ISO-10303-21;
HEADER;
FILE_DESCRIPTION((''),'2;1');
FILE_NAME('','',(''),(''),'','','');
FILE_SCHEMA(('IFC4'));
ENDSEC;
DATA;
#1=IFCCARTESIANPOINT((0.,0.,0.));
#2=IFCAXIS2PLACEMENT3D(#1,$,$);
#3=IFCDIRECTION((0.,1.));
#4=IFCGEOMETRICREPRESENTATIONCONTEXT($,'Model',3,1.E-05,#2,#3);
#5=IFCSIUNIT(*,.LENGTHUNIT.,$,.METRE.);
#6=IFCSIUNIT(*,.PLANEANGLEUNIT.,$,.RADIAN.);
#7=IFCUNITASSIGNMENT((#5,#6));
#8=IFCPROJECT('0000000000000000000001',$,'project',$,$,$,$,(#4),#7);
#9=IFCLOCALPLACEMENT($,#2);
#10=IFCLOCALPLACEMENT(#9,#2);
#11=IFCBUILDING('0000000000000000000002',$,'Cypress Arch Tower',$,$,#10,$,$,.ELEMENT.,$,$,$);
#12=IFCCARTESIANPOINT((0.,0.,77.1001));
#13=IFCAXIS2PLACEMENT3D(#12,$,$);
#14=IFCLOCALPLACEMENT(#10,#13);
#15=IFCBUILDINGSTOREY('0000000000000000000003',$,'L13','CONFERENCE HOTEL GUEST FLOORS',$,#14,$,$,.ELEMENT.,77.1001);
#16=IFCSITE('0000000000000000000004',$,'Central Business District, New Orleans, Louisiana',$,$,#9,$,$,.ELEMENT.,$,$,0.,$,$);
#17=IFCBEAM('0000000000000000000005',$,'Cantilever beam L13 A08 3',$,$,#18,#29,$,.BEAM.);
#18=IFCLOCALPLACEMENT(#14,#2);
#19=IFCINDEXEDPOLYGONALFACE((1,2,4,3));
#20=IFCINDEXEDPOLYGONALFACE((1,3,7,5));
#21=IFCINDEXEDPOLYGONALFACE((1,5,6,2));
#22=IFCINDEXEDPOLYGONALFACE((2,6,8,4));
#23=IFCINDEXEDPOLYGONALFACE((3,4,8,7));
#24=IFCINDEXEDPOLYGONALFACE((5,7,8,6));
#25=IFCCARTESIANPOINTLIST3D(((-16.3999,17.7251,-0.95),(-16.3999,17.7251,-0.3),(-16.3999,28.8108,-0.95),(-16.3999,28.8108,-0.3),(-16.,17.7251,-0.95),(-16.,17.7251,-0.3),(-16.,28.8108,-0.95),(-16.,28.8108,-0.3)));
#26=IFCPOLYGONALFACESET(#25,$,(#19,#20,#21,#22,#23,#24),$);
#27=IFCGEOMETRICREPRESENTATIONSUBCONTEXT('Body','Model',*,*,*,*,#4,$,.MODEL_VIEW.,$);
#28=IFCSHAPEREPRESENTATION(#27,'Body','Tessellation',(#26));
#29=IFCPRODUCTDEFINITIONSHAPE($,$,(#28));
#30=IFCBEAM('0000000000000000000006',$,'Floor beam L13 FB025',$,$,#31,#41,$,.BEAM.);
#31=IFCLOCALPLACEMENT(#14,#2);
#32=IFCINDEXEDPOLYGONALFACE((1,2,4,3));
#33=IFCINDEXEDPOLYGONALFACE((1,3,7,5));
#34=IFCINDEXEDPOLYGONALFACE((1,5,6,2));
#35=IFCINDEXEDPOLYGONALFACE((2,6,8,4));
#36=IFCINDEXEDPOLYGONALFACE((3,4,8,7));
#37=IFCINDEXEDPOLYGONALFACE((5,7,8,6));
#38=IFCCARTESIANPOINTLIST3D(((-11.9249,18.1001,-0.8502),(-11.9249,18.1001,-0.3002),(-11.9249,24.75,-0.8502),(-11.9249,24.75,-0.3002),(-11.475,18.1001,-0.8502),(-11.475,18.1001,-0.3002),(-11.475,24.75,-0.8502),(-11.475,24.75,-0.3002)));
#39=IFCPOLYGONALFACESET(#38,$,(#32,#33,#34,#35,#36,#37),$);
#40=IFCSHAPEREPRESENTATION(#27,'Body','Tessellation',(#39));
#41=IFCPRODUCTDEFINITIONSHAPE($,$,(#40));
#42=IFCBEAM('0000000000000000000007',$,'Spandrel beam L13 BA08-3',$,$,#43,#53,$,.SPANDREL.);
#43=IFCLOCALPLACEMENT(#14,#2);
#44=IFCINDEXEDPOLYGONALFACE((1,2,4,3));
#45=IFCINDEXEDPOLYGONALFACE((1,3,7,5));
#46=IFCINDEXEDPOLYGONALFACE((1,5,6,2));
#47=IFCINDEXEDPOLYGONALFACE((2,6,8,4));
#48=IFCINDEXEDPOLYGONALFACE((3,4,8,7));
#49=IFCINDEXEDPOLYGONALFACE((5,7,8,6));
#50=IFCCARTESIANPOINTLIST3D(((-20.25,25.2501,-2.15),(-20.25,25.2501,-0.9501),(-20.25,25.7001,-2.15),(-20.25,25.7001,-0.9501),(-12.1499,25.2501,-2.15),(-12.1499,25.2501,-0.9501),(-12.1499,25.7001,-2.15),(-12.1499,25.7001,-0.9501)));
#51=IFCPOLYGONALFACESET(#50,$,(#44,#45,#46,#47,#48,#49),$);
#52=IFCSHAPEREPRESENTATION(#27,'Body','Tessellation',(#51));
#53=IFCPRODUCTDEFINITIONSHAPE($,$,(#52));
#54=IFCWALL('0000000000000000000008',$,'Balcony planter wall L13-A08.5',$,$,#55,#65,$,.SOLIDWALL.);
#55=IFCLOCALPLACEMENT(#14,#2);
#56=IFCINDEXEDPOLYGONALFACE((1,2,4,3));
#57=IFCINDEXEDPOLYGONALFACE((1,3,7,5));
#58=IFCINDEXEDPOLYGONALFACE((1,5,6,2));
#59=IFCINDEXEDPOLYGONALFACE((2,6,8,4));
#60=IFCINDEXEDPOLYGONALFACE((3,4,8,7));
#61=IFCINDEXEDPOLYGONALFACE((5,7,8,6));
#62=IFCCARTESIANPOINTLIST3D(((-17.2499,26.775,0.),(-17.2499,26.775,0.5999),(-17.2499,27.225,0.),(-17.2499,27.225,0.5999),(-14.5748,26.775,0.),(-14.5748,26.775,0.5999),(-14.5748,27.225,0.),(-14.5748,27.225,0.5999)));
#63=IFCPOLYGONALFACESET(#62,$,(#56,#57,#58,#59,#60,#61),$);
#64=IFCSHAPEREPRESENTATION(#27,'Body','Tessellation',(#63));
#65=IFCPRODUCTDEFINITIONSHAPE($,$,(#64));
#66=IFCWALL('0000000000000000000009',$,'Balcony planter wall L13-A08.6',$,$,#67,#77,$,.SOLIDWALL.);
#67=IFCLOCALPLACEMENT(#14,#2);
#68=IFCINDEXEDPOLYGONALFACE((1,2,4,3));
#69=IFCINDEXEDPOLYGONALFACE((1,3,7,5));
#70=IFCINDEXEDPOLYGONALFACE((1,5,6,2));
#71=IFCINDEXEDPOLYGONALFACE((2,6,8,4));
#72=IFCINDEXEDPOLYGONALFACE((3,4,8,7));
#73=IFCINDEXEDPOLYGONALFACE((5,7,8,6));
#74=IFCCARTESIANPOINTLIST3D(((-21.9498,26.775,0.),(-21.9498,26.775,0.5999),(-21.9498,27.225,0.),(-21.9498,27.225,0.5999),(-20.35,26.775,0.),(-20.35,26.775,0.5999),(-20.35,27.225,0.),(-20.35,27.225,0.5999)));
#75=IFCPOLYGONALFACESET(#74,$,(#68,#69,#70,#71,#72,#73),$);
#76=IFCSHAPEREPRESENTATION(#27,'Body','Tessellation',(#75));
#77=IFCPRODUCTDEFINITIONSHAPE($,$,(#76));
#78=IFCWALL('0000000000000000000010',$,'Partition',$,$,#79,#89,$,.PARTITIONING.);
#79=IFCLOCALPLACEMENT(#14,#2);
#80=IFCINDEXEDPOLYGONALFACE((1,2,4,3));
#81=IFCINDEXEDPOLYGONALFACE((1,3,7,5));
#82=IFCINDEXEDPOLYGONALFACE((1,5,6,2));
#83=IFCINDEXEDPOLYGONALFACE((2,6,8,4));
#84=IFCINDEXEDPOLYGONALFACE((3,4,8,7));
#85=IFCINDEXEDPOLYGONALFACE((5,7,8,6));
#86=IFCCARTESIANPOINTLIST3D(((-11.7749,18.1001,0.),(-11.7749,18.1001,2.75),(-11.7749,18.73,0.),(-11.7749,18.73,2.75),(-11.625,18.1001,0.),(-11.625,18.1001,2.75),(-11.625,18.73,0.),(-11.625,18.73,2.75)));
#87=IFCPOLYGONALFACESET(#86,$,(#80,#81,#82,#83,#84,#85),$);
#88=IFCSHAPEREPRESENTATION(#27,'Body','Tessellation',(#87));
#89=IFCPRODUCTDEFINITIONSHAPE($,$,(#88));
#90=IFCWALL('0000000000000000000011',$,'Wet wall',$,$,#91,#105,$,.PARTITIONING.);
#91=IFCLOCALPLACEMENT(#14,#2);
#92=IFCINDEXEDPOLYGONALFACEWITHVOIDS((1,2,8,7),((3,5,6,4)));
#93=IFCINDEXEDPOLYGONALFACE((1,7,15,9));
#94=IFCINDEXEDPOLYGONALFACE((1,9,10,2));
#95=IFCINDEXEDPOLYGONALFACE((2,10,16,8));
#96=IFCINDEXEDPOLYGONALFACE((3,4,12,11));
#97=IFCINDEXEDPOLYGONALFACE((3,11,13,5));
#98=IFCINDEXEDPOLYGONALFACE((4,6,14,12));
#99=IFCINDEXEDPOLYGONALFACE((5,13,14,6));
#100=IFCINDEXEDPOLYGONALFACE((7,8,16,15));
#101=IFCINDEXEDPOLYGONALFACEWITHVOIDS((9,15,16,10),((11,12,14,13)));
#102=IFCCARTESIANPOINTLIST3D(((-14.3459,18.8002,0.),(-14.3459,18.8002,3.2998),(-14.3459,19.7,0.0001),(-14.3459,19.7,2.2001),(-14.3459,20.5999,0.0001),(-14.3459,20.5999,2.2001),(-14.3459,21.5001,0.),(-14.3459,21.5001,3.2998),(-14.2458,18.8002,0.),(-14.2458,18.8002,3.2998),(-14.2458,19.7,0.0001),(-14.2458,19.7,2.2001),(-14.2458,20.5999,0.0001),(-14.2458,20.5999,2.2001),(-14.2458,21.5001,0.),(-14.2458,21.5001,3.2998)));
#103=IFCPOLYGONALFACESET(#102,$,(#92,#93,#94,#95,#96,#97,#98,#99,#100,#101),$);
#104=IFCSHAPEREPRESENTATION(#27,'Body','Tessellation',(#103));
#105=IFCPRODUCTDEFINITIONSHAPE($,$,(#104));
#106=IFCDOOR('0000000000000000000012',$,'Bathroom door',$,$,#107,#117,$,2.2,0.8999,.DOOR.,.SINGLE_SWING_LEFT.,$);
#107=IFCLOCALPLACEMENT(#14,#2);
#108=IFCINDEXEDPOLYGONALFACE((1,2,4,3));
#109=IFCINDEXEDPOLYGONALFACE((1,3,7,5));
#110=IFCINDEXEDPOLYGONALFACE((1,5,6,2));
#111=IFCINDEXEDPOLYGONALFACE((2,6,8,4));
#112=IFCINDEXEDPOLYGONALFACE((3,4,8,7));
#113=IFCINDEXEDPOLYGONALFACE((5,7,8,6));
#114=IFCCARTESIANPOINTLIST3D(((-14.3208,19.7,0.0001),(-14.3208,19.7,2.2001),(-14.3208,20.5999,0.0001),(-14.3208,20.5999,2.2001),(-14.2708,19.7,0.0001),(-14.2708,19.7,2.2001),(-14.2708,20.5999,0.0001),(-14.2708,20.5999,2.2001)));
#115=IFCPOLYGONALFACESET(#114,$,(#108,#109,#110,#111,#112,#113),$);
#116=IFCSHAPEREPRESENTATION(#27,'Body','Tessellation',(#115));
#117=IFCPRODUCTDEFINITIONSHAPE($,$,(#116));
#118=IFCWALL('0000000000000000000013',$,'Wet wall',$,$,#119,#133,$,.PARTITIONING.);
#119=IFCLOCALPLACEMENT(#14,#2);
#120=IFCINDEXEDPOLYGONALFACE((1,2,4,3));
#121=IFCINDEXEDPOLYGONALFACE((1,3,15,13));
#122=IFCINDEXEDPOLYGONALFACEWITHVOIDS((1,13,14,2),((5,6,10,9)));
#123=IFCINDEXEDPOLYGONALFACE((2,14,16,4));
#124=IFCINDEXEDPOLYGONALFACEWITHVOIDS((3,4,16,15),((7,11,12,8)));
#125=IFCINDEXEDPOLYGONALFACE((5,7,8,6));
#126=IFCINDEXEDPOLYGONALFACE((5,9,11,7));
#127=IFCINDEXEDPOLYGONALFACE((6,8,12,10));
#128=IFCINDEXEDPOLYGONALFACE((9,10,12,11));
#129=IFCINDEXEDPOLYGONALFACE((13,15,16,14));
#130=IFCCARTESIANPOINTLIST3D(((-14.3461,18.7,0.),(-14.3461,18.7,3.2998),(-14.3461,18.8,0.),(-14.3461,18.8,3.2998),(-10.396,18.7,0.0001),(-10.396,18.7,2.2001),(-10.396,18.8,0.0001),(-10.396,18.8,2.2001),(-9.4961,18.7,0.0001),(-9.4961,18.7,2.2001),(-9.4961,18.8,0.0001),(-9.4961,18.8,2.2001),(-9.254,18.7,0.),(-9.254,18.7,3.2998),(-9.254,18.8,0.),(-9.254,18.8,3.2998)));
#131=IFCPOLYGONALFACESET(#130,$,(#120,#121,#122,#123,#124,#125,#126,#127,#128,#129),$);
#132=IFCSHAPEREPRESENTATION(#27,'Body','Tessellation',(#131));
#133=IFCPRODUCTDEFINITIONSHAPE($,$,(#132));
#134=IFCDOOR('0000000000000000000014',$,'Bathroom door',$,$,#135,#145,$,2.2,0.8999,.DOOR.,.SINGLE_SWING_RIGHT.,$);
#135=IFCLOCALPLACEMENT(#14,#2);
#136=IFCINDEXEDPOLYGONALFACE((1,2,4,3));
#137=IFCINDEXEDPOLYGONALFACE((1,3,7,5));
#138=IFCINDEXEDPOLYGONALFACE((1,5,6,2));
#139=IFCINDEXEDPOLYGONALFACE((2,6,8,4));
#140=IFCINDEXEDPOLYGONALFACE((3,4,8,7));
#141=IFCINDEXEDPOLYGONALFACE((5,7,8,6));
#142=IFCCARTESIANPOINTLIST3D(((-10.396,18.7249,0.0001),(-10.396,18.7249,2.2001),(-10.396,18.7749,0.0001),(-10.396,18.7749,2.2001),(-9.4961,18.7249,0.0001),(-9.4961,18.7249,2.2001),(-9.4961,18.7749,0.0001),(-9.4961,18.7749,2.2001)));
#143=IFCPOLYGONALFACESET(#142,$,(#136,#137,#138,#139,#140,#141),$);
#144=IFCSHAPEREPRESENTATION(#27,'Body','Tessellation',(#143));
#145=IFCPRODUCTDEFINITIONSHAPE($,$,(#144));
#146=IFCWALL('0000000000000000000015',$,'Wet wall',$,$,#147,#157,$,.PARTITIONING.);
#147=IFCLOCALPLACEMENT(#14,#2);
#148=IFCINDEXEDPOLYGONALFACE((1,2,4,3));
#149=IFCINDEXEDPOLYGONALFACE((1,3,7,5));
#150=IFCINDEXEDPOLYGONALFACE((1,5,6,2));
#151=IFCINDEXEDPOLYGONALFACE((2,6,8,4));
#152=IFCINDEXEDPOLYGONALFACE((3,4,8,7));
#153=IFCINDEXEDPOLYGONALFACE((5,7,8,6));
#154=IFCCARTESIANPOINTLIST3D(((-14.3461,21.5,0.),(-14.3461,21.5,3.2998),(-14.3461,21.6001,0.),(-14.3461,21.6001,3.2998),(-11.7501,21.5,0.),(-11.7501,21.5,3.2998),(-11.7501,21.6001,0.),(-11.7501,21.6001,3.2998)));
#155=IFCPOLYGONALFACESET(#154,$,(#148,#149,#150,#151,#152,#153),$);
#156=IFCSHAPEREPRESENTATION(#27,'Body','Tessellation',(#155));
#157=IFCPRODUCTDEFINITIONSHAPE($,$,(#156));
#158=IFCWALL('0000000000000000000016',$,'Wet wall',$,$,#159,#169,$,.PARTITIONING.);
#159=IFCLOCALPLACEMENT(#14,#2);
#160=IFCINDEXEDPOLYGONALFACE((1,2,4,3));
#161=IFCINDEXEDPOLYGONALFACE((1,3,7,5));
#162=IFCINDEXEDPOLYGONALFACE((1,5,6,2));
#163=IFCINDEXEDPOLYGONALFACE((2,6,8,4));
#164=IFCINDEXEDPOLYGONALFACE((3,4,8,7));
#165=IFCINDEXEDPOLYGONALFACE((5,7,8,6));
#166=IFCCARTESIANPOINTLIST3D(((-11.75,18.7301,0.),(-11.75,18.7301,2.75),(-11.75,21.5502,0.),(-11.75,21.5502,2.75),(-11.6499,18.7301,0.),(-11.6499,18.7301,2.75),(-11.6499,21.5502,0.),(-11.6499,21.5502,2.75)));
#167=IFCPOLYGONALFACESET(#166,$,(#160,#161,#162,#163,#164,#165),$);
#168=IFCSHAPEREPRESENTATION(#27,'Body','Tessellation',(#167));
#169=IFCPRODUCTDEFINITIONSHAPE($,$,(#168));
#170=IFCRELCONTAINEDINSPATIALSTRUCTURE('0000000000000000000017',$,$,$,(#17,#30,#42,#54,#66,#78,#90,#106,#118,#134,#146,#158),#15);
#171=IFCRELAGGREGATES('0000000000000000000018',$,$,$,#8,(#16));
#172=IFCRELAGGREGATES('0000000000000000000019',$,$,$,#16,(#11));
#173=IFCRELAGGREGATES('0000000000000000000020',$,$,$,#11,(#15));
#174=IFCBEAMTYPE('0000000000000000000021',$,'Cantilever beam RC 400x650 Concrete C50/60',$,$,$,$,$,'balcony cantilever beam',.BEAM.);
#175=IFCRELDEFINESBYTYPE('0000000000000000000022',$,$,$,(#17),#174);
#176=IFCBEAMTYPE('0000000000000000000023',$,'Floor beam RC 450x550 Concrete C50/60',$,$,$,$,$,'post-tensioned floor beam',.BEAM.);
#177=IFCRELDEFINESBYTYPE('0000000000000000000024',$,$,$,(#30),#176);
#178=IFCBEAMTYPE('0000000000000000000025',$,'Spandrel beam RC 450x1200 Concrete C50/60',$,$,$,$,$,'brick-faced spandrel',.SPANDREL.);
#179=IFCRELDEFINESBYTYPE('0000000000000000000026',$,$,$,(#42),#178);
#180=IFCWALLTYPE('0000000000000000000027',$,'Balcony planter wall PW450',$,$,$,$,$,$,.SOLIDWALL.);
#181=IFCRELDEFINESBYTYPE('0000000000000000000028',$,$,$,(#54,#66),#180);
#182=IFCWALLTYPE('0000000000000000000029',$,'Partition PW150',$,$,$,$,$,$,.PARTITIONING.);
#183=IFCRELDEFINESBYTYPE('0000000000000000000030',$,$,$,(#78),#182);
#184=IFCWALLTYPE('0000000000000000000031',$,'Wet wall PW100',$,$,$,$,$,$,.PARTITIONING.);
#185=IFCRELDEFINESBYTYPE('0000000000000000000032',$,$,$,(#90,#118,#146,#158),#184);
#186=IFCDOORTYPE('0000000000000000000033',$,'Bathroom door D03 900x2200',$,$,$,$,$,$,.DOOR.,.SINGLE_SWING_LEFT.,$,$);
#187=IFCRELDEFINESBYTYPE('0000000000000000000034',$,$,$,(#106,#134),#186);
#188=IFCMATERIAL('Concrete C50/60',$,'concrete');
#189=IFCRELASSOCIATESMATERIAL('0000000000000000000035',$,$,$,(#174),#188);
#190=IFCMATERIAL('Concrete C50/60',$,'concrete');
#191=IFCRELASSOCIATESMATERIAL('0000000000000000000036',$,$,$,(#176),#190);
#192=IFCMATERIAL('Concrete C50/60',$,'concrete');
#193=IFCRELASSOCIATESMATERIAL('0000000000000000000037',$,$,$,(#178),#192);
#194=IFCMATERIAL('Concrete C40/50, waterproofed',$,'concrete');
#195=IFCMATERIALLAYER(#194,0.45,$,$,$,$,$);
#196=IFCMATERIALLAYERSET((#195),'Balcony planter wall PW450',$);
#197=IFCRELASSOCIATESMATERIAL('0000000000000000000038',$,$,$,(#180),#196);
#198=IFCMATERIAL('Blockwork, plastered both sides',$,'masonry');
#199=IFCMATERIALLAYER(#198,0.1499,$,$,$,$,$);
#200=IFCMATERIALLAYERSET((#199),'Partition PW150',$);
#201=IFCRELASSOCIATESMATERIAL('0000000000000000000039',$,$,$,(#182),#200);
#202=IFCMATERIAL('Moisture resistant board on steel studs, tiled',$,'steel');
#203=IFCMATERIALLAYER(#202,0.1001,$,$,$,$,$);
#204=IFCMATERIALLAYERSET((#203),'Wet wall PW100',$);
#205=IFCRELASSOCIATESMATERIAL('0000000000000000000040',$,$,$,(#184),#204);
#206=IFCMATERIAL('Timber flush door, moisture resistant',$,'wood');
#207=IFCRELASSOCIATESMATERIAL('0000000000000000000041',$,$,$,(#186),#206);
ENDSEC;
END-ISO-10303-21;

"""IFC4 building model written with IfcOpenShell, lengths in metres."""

from ifc_helpers import new_model, si_unit, direction, frame, frame_2d, origin, origin_2d, place, context, subcontext, project, spatial, rectangle, extrude, material, layer, layer_set, material_profile, profile_set, type_object, element, fill, save


model = new_model("IFC4")

# Units and contexts
model_context = context("Model", 3, precision=1e-05, world=origin(), true_north=direction((0.0, 1.0)))
body_context = subcontext(model_context, "Body", "Model", "MODEL_VIEW")
ifc_project = project(units=[si_unit("LENGTHUNIT", "METRE"), si_unit("PLANEANGLEUNIT", "RADIAN")], contexts=[model_context])

# Site, building, storey
site_placement = place(None, origin())
site = spatial("IfcSite", under=ifc_project, at=site_placement, Name="Central Business District, New Orleans, Louisiana", CompositionType="ELEMENT", RefElevation=0.0)
building_placement = place(site_placement, origin())
building = spatial("IfcBuilding", under=site, at=building_placement, Name="Cypress Arch Tower", CompositionType="ELEMENT")
storey_placement = place(building_placement, frame((0.0, 0.0, 77.1001)))
storey = spatial("IfcBuildingStorey", under=building, at=storey_placement, Name="L13", Description="CONFERENCE HOTEL GUEST FLOORS", CompositionType="ELEMENT", Elevation=77.1001)

# Beams
ifc_material_1 = material(Name="Concrete C50/60", Category="concrete")
ifc_material_profile_1 = material_profile(ifc_material_1, rectangle(XDim=0.3999, YDim=0.6499, at=origin_2d()), Name="RC 400x650")
ifc_profile_set_1 = profile_set([ifc_material_profile_1], Name="Concrete C50/60")
beam_type_1 = type_object("IfcBeamType", Name="Cantilever beam RC 400x650 Concrete C50/60", ElementType="balcony cantilever beam", PredefinedType="BEAM", material=ifc_profile_set_1)
beam_1_placement = place(storey_placement, frame((-16.2, 17.7251, -0.625), z_axis=(0.0, 1.0, 0.0), x_axis=(-1.0, 0.0, 0.0)))
element("IfcBeam", 1, at=beam_1_placement, inside=storey, type_object=beam_type_1, Name="Cantilever beam L13 A08 3", PredefinedType="BEAM", context=body_context, shape_type="SweptSolid", body=[
    extrude(rectangle(XDim=0.3999, YDim=0.6499, at=origin_2d()), origin(), (0.0, 0.0, 1.0), 11.0857),
])
ifc_material_2 = material(Name="Concrete C50/60", Category="concrete")
ifc_material_profile_2 = material_profile(ifc_material_2, rectangle(XDim=0.45, YDim=0.55, at=origin_2d()), Name="RC 450x550")
ifc_profile_set_2 = profile_set([ifc_material_profile_2], Name="Concrete C50/60")
beam_type_2 = type_object("IfcBeamType", Name="Floor beam RC 450x550 Concrete C50/60", ElementType="post-tensioned floor beam", PredefinedType="BEAM", material=ifc_profile_set_2)
beam_2_placement = place(storey_placement, frame((-11.7, 18.1001, -0.5752), z_axis=(0.0, 1.0, 0.0), x_axis=(-1.0, 0.0, 0.0)))
element("IfcBeam", 2, at=beam_2_placement, inside=storey, type_object=beam_type_2, Name="Floor beam L13 FB025", PredefinedType="BEAM", context=body_context, shape_type="SweptSolid", body=[
    extrude(rectangle(XDim=0.45, YDim=0.55, at=origin_2d()), origin(), (0.0, 0.0, 1.0), 6.6499),
])
ifc_material_3 = material(Name="Concrete C50/60", Category="concrete")
ifc_material_profile_3 = material_profile(ifc_material_3, rectangle(XDim=0.45, YDim=1.2, at=origin_2d()), Name="RC 450x1200")
ifc_profile_set_3 = profile_set([ifc_material_profile_3], Name="Concrete C50/60")
beam_type_3 = type_object("IfcBeamType", Name="Spandrel beam RC 450x1200 Concrete C50/60", ElementType="brick-faced spandrel", PredefinedType="SPANDREL", material=ifc_profile_set_3)
beam_3_placement = place(storey_placement, frame((-12.1499, 25.4751, -1.55), z_axis=(-1.0, 0.0, 0.0), x_axis=(0.0, -1.0, 0.0)))
element("IfcBeam", 3, at=beam_3_placement, inside=storey, type_object=beam_type_3, Name="Spandrel beam L13 BA08-3", PredefinedType="SPANDREL", context=body_context, shape_type="SweptSolid", body=[
    extrude(rectangle(XDim=0.45, YDim=1.2, at=origin_2d()), origin(), (0.0, 0.0, 1.0), 8.1001),
])

# Walls
ifc_material_4 = material(Name="Concrete C40/50, waterproofed", Category="concrete")
ifc_layer_1 = layer(ifc_material_4, 0.45)
ifc_layer_set_1 = layer_set([ifc_layer_1], Name="Balcony planter wall PW450")
wall_type_1 = type_object("IfcWallType", Name="Balcony planter wall PW450", PredefinedType="SOLIDWALL", material=ifc_layer_set_1)
wall_1_placement = place(storey_placement, frame((-14.575, 27.0, 0.0), z_axis=(0.0, 0.0, 1.0), x_axis=(-1.0, 0.0, 0.0)))
element("IfcWall", 4, at=wall_1_placement, inside=storey, type_object=wall_type_1, Name="Balcony planter wall L13-A08.5", PredefinedType="SOLIDWALL", context=body_context, shape_type="SweptSolid", body=[
    extrude(rectangle(XDim=2.675, YDim=0.45, at=frame_2d((1.3374, 0.0))), origin(), (0.0, 0.0, 1.0), 0.5999),
])
wall_2_placement = place(storey_placement, frame((-20.3501, 27.0, 0.0), z_axis=(0.0, 0.0, 1.0), x_axis=(-1.0, 0.0, 0.0)))
element("IfcWall", 5, at=wall_2_placement, inside=storey, type_object=wall_type_1, Name="Balcony planter wall L13-A08.6", PredefinedType="SOLIDWALL", context=body_context, shape_type="SweptSolid", body=[
    extrude(rectangle(XDim=1.5999, YDim=0.45, at=frame_2d((0.7998, 0.0))), origin(), (0.0, 0.0, 1.0), 0.5999),
])

# Wall
ifc_material_5 = material(Name="Blockwork, plastered both sides", Category="masonry")
ifc_layer_2 = layer(ifc_material_5, 0.1499)
ifc_layer_set_2 = layer_set([ifc_layer_2], Name="Partition PW150")
wall_type_2 = type_object("IfcWallType", Name="Partition PW150", PredefinedType="PARTITIONING", material=ifc_layer_set_2)
wall_3_placement = place(storey_placement, frame((-11.7, 18.1001, 0.0), z_axis=(0.0, 0.0, 1.0), x_axis=(0.0, 1.0, 0.0)))
element("IfcWall", 6, at=wall_3_placement, inside=storey, type_object=wall_type_2, Name="Partition", PredefinedType="PARTITIONING", context=body_context, shape_type="SweptSolid", body=[
    extrude(rectangle(XDim=0.6299, YDim=0.1499, at=frame_2d((0.3149, 0.0))), origin(), (0.0, 0.0, 1.0), 2.75),
])

# Walls, openings, doors
ifc_material_6 = material(Name="Moisture resistant board on steel studs, tiled", Category="steel")
ifc_layer_3 = layer(ifc_material_6, 0.1001)
ifc_layer_set_3 = layer_set([ifc_layer_3], Name="Wet wall PW100")
wall_type_3 = type_object("IfcWallType", Name="Wet wall PW100", PredefinedType="PARTITIONING", material=ifc_layer_set_3)
wall_4_placement = place(storey_placement, frame((-14.2959, 18.8, 0.0), z_axis=(0.0, 0.0, 1.0), x_axis=(0.0, 1.0, 0.0)))
wall_4 = element("IfcWall", 7, at=wall_4_placement, inside=storey, type_object=wall_type_3, Name="Wet wall", PredefinedType="PARTITIONING", context=body_context, shape_type="SweptSolid", body=[
    extrude(rectangle(XDim=2.7, YDim=0.1001, at=frame_2d((1.3501, 0.0))), origin(), (0.0, 0.0, 1.0), 3.2998),
])
opening_1_placement = place(wall_4_placement, frame((0.8999, 0.0, 0.0)))
opening_1 = element("IfcOpeningElement", 8, at=opening_1_placement, cuts=wall_4, PredefinedType="OPENING", context=body_context, shape_type="SweptSolid", body=[
    extrude(rectangle(XDim=0.8999, YDim=2.2, at=frame_2d((0.45, 1.1001))), frame((0.0, 0.0601, 0.0), z_axis=(0.0, -1.0, 0.0), x_axis=(1.0, 0.0, 0.0)), (0.0, 0.0, 1.0), 0.1201),
])
ifc_material_7 = material(Name="Timber flush door, moisture resistant", Category="wood")
door_type_1 = type_object("IfcDoorType", Name="Bathroom door D03 900x2200", OperationType="SINGLE_SWING_LEFT", PredefinedType="DOOR", material=ifc_material_7)
door_1_placement = place(opening_1_placement, origin())
door_1 = element("IfcDoor", 9, at=door_1_placement, inside=storey, type_object=door_type_1, Name="Bathroom door", OperationType="SINGLE_SWING_LEFT", OverallHeight=2.2, OverallWidth=0.8999, PredefinedType="DOOR", context=body_context, shape_type="SweptSolid", body=[
    extrude(rectangle(XDim=0.8999, YDim=2.2, at=frame_2d((0.45, 1.1001))), frame((0.0, 0.0249, 0.0), z_axis=(0.0, -1.0, 0.0), x_axis=(1.0, 0.0, 0.0)), (0.0, 0.0, 1.0), 0.05),
])
fill(opening_1, door_1)
wall_5_placement = place(storey_placement, frame((-14.3459, 18.75, 0.0), z_axis=(0.0, 0.0, 1.0), x_axis=(1.0, 0.0, 0.0)))
wall_5 = element("IfcWall", 10, at=wall_5_placement, inside=storey, type_object=wall_type_3, Name="Wet wall", PredefinedType="PARTITIONING", context=body_context, shape_type="SweptSolid", body=[
    extrude(rectangle(XDim=5.092, YDim=0.1001, at=frame_2d((2.5459, 0.0))), origin(), (0.0, 0.0, 1.0), 3.2998),
])
opening_2_placement = place(wall_5_placement, frame((3.95, 0.0, 0.0)))
opening_2 = element("IfcOpeningElement", 11, at=opening_2_placement, cuts=wall_5, PredefinedType="OPENING", context=body_context, shape_type="SweptSolid", body=[
    extrude(rectangle(XDim=0.8999, YDim=2.2, at=frame_2d((0.45, 1.1001))), frame((0.0, 0.0601, 0.0), z_axis=(0.0, -1.0, 0.0), x_axis=(1.0, 0.0, 0.0)), (0.0, 0.0, 1.0), 0.1201),
])
door_2_placement = place(opening_2_placement, origin())
door_2 = element("IfcDoor", 12, at=door_2_placement, inside=storey, type_object=door_type_1, Name="Bathroom door", OperationType="SINGLE_SWING_RIGHT", OverallHeight=2.2, OverallWidth=0.8999, PredefinedType="DOOR", context=body_context, shape_type="SweptSolid", body=[
    extrude(rectangle(XDim=0.8999, YDim=2.2, at=frame_2d((0.45, 1.1001))), frame((0.0, 0.0249, 0.0), z_axis=(0.0, -1.0, 0.0), x_axis=(1.0, 0.0, 0.0)), (0.0, 0.0, 1.0), 0.05),
])
fill(opening_2, door_2)

# Walls
wall_6_placement = place(storey_placement, frame((-14.3459, 21.55, 0.0), z_axis=(0.0, 0.0, 1.0), x_axis=(1.0, 0.0, 0.0)))
element("IfcWall", 13, at=wall_6_placement, inside=storey, type_object=wall_type_3, Name="Wet wall", PredefinedType="PARTITIONING", context=body_context, shape_type="SweptSolid", body=[
    extrude(rectangle(XDim=2.5959, YDim=0.1001, at=frame_2d((1.2979, 0.0))), origin(), (0.0, 0.0, 1.0), 3.2998),
])
wall_7_placement = place(storey_placement, frame((-11.7, 18.73, 0.0), z_axis=(0.0, 0.0, 1.0), x_axis=(0.0, 1.0, 0.0)))
element("IfcWall", 14, at=wall_7_placement, inside=storey, type_object=wall_type_3, Name="Wet wall", PredefinedType="PARTITIONING", context=body_context, shape_type="SweptSolid", body=[
    extrude(rectangle(XDim=2.8201, YDim=0.1001, at=frame_2d((1.4102, 0.0))), origin(), (0.0, 0.0, 1.0), 2.75),
])

save(model, "model.ifc")
